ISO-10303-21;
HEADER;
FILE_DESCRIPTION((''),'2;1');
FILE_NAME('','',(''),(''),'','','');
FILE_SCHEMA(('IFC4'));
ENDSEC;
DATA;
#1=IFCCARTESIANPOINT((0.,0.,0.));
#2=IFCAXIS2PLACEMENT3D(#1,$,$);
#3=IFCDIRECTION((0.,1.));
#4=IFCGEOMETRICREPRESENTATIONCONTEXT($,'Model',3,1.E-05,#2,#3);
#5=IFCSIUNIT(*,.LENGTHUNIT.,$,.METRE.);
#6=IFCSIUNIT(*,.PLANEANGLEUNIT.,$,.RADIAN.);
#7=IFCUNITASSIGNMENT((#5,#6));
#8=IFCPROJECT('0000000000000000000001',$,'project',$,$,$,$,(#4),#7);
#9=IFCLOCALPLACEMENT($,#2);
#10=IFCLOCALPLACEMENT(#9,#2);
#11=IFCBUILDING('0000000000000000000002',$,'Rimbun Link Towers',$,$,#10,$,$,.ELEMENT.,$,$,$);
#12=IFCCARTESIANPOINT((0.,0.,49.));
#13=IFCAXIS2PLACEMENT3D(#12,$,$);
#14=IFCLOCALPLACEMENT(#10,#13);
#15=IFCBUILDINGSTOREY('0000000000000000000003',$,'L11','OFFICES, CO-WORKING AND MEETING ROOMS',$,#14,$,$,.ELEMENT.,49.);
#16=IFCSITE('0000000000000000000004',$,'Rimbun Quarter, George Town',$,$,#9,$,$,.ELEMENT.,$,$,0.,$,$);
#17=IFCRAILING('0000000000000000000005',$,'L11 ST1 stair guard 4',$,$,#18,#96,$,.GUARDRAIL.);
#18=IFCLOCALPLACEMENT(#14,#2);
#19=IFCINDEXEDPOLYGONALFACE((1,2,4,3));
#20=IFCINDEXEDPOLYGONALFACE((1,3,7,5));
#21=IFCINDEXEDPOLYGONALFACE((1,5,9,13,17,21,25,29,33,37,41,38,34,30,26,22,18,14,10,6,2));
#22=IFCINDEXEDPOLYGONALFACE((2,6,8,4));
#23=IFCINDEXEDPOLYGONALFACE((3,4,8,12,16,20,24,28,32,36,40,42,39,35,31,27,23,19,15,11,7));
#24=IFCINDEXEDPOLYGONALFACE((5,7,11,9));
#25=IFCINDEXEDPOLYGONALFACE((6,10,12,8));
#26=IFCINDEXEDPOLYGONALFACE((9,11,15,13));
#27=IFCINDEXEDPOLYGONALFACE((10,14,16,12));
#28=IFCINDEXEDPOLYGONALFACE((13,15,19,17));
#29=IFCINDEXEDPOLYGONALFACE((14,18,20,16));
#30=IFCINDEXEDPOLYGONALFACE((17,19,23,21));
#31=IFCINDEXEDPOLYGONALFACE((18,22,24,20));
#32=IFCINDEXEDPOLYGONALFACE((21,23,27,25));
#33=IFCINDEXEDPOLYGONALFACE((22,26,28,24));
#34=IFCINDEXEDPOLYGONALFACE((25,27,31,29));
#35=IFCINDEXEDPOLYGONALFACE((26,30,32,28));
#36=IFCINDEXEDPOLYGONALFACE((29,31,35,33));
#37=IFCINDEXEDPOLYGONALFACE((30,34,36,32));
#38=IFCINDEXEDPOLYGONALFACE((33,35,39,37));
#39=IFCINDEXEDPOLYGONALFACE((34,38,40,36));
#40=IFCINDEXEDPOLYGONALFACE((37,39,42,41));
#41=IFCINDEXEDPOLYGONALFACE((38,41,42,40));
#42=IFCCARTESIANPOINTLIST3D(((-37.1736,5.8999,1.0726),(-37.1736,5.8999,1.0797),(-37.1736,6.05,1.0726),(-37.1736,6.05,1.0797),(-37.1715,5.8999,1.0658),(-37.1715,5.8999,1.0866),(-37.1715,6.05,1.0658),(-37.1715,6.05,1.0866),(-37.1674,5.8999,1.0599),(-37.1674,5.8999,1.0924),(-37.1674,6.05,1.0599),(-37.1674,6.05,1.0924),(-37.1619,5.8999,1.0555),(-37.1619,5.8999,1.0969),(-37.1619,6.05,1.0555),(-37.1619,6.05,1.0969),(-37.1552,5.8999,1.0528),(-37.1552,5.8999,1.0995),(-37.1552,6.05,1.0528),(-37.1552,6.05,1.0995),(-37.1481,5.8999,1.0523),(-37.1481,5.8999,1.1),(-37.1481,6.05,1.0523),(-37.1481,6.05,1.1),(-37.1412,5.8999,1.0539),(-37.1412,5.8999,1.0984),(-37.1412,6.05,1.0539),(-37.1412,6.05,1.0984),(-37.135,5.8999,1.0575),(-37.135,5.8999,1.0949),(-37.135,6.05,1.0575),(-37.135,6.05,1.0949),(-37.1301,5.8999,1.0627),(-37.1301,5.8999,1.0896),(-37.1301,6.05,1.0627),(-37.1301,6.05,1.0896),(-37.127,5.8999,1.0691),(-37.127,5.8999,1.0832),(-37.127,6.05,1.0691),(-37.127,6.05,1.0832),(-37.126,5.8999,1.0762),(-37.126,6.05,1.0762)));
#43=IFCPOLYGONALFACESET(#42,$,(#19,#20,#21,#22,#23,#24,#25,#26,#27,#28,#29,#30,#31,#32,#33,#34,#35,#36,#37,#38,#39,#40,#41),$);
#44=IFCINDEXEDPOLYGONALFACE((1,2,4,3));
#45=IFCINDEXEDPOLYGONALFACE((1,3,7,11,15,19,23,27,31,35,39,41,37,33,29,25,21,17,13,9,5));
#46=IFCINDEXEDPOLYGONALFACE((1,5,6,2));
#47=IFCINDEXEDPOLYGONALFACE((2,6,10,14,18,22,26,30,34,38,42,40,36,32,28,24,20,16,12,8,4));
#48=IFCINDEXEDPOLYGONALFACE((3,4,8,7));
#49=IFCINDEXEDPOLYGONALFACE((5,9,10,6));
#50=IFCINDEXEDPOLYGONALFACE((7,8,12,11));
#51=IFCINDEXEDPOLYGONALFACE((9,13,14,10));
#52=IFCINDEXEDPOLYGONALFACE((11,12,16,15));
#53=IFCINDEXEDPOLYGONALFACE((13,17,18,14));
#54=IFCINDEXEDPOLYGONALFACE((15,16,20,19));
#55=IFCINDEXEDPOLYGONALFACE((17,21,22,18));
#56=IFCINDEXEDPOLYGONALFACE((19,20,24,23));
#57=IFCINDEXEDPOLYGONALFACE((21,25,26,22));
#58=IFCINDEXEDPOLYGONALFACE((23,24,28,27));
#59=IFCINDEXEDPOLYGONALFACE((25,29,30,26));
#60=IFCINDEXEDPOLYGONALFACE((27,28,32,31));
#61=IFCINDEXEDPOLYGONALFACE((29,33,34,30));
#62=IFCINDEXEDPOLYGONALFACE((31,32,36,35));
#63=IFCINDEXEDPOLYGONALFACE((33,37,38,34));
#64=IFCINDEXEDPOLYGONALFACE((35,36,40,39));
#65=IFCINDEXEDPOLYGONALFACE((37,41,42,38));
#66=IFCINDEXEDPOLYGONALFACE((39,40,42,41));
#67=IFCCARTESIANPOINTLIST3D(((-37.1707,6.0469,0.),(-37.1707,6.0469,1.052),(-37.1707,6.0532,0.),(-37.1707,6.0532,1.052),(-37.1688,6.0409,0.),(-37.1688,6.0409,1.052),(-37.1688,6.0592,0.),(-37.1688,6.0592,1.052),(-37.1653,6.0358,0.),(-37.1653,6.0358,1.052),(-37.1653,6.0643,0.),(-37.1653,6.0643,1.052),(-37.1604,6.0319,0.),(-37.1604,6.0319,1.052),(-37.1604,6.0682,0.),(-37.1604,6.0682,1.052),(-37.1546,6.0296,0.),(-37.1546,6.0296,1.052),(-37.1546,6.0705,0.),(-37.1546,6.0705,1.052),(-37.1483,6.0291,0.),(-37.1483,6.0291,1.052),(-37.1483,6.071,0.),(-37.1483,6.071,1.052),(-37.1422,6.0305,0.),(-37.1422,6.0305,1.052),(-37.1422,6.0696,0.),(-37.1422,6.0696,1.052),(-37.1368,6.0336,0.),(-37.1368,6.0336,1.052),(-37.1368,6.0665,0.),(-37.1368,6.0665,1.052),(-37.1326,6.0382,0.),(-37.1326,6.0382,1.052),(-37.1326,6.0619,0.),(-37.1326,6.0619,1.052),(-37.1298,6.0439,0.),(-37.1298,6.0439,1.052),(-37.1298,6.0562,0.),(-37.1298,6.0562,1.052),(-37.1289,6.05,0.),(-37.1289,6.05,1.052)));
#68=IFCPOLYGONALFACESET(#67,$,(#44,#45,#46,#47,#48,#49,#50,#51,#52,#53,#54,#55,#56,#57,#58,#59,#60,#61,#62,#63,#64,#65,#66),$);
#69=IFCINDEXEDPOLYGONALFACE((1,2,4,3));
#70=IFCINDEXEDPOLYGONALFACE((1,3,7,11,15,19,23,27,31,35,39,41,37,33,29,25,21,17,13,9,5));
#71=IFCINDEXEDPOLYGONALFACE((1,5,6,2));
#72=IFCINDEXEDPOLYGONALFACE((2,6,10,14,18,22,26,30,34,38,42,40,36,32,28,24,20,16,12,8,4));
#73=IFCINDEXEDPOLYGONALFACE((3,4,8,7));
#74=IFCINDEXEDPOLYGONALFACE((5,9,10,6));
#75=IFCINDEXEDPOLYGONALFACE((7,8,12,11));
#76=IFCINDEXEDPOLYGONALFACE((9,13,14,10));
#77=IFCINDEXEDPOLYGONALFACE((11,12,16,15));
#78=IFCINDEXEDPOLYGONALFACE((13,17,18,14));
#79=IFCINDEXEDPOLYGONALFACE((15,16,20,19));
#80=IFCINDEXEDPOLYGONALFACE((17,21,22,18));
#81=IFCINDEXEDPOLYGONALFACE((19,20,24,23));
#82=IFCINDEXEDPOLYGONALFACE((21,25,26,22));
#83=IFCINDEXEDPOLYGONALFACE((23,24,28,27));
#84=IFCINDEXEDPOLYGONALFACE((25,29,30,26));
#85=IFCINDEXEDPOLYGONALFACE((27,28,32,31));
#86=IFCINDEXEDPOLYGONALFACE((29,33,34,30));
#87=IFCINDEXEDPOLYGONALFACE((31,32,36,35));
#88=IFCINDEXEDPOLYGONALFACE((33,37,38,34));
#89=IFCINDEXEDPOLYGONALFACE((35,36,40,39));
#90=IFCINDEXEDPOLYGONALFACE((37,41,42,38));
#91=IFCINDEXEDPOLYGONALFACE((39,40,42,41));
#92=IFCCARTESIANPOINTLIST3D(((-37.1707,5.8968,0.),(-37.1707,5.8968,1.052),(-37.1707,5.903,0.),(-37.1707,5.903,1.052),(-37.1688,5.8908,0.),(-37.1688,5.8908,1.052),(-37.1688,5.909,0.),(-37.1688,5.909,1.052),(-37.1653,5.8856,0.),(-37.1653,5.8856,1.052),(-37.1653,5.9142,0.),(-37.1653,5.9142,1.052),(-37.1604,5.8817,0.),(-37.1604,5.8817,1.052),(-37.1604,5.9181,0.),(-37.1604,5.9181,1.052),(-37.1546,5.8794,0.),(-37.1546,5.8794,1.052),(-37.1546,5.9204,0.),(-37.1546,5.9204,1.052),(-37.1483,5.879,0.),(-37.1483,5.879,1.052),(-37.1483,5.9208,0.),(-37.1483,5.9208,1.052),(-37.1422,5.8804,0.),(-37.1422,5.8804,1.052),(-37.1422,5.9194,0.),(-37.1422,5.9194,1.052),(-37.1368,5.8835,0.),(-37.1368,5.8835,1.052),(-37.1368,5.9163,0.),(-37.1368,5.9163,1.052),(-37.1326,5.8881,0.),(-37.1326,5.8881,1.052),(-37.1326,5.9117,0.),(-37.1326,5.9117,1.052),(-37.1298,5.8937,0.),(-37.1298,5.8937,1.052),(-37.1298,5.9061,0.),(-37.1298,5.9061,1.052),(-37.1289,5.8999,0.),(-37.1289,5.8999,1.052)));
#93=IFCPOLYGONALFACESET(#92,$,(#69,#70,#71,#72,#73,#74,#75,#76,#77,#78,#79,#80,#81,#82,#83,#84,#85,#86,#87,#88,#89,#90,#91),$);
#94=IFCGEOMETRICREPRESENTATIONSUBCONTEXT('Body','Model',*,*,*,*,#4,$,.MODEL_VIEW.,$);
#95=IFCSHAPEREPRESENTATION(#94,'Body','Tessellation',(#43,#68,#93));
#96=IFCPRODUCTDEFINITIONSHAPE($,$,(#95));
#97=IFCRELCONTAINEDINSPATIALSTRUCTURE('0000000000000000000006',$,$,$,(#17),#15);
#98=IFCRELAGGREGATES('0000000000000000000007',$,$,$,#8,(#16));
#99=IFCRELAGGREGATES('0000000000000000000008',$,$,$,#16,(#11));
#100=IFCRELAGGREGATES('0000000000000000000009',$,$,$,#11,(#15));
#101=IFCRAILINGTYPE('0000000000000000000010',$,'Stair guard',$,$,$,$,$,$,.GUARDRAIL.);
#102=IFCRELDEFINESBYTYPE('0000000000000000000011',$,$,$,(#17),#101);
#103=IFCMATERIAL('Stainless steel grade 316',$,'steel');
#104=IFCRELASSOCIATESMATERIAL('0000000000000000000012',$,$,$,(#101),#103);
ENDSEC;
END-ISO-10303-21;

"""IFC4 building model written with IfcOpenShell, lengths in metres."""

from ifc_helpers import new_model, si_unit, direction, frame, origin, origin_2d, place, context, subcontext, project, spatial, circle, extrude, material, type_object, element, save


model = new_model("IFC4")

# Units and contexts
model_context = context("Model", 3, precision=1e-05, world=origin(), true_north=direction((0.0, 1.0)))
body_context = subcontext(model_context, "Body", "Model", "MODEL_VIEW")
ifc_project = project(units=[si_unit("LENGTHUNIT", "METRE"), si_unit("PLANEANGLEUNIT", "RADIAN")], contexts=[model_context])

# Site, building, storey
site_placement = place(None, origin())
site = spatial("IfcSite", under=ifc_project, at=site_placement, Name="Rimbun Quarter, George Town", CompositionType="ELEMENT", RefElevation=0.0)
building_placement = place(site_placement, origin())
building = spatial("IfcBuilding", under=site, at=building_placement, Name="Rimbun Link Towers", CompositionType="ELEMENT")
storey_placement = place(building_placement, frame((0.0, 0.0, 49.0)))
storey = spatial("IfcBuildingStorey", under=building, at=storey_placement, Name="L11", Description="OFFICES, CO-WORKING AND MEETING ROOMS", CompositionType="ELEMENT", Elevation=49.0)

# Railing
ifc_material_1 = material(Name="Stainless steel grade 316", Category="steel")
railing_type_1 = type_object("IfcRailingType", Name="Stair guard", PredefinedType="GUARDRAIL", material=ifc_material_1)
railing_1_placement = place(storey_placement, frame((-37.1499, 6.05, 0.0)))
element("IfcRailing", 1, at=railing_1_placement, inside=storey, type_object=railing_type_1, Name="L11 ST1 stair guard 4", PredefinedType="GUARDRAIL", context=body_context, shape_type="SweptSolid", body=[
    extrude(circle(Radius=0.0239, at=origin_2d()), frame((0.0, 0.0, 1.0762), z_axis=(0.0, -1.0, 0.0), x_axis=(1.0, 0.0, 0.0)), (0.0, 0.0, 1.0), 0.1501),
    extrude(circle(Radius=0.021, at=origin_2d()), origin(), (0.0, 0.0, 1.0), 1.052),
    extrude(circle(Radius=0.021, at=origin_2d()), frame((0.0, -0.1501, 0.0)), (0.0, 0.0, 1.0), 1.052),
])

save(model, "model.ifc")
